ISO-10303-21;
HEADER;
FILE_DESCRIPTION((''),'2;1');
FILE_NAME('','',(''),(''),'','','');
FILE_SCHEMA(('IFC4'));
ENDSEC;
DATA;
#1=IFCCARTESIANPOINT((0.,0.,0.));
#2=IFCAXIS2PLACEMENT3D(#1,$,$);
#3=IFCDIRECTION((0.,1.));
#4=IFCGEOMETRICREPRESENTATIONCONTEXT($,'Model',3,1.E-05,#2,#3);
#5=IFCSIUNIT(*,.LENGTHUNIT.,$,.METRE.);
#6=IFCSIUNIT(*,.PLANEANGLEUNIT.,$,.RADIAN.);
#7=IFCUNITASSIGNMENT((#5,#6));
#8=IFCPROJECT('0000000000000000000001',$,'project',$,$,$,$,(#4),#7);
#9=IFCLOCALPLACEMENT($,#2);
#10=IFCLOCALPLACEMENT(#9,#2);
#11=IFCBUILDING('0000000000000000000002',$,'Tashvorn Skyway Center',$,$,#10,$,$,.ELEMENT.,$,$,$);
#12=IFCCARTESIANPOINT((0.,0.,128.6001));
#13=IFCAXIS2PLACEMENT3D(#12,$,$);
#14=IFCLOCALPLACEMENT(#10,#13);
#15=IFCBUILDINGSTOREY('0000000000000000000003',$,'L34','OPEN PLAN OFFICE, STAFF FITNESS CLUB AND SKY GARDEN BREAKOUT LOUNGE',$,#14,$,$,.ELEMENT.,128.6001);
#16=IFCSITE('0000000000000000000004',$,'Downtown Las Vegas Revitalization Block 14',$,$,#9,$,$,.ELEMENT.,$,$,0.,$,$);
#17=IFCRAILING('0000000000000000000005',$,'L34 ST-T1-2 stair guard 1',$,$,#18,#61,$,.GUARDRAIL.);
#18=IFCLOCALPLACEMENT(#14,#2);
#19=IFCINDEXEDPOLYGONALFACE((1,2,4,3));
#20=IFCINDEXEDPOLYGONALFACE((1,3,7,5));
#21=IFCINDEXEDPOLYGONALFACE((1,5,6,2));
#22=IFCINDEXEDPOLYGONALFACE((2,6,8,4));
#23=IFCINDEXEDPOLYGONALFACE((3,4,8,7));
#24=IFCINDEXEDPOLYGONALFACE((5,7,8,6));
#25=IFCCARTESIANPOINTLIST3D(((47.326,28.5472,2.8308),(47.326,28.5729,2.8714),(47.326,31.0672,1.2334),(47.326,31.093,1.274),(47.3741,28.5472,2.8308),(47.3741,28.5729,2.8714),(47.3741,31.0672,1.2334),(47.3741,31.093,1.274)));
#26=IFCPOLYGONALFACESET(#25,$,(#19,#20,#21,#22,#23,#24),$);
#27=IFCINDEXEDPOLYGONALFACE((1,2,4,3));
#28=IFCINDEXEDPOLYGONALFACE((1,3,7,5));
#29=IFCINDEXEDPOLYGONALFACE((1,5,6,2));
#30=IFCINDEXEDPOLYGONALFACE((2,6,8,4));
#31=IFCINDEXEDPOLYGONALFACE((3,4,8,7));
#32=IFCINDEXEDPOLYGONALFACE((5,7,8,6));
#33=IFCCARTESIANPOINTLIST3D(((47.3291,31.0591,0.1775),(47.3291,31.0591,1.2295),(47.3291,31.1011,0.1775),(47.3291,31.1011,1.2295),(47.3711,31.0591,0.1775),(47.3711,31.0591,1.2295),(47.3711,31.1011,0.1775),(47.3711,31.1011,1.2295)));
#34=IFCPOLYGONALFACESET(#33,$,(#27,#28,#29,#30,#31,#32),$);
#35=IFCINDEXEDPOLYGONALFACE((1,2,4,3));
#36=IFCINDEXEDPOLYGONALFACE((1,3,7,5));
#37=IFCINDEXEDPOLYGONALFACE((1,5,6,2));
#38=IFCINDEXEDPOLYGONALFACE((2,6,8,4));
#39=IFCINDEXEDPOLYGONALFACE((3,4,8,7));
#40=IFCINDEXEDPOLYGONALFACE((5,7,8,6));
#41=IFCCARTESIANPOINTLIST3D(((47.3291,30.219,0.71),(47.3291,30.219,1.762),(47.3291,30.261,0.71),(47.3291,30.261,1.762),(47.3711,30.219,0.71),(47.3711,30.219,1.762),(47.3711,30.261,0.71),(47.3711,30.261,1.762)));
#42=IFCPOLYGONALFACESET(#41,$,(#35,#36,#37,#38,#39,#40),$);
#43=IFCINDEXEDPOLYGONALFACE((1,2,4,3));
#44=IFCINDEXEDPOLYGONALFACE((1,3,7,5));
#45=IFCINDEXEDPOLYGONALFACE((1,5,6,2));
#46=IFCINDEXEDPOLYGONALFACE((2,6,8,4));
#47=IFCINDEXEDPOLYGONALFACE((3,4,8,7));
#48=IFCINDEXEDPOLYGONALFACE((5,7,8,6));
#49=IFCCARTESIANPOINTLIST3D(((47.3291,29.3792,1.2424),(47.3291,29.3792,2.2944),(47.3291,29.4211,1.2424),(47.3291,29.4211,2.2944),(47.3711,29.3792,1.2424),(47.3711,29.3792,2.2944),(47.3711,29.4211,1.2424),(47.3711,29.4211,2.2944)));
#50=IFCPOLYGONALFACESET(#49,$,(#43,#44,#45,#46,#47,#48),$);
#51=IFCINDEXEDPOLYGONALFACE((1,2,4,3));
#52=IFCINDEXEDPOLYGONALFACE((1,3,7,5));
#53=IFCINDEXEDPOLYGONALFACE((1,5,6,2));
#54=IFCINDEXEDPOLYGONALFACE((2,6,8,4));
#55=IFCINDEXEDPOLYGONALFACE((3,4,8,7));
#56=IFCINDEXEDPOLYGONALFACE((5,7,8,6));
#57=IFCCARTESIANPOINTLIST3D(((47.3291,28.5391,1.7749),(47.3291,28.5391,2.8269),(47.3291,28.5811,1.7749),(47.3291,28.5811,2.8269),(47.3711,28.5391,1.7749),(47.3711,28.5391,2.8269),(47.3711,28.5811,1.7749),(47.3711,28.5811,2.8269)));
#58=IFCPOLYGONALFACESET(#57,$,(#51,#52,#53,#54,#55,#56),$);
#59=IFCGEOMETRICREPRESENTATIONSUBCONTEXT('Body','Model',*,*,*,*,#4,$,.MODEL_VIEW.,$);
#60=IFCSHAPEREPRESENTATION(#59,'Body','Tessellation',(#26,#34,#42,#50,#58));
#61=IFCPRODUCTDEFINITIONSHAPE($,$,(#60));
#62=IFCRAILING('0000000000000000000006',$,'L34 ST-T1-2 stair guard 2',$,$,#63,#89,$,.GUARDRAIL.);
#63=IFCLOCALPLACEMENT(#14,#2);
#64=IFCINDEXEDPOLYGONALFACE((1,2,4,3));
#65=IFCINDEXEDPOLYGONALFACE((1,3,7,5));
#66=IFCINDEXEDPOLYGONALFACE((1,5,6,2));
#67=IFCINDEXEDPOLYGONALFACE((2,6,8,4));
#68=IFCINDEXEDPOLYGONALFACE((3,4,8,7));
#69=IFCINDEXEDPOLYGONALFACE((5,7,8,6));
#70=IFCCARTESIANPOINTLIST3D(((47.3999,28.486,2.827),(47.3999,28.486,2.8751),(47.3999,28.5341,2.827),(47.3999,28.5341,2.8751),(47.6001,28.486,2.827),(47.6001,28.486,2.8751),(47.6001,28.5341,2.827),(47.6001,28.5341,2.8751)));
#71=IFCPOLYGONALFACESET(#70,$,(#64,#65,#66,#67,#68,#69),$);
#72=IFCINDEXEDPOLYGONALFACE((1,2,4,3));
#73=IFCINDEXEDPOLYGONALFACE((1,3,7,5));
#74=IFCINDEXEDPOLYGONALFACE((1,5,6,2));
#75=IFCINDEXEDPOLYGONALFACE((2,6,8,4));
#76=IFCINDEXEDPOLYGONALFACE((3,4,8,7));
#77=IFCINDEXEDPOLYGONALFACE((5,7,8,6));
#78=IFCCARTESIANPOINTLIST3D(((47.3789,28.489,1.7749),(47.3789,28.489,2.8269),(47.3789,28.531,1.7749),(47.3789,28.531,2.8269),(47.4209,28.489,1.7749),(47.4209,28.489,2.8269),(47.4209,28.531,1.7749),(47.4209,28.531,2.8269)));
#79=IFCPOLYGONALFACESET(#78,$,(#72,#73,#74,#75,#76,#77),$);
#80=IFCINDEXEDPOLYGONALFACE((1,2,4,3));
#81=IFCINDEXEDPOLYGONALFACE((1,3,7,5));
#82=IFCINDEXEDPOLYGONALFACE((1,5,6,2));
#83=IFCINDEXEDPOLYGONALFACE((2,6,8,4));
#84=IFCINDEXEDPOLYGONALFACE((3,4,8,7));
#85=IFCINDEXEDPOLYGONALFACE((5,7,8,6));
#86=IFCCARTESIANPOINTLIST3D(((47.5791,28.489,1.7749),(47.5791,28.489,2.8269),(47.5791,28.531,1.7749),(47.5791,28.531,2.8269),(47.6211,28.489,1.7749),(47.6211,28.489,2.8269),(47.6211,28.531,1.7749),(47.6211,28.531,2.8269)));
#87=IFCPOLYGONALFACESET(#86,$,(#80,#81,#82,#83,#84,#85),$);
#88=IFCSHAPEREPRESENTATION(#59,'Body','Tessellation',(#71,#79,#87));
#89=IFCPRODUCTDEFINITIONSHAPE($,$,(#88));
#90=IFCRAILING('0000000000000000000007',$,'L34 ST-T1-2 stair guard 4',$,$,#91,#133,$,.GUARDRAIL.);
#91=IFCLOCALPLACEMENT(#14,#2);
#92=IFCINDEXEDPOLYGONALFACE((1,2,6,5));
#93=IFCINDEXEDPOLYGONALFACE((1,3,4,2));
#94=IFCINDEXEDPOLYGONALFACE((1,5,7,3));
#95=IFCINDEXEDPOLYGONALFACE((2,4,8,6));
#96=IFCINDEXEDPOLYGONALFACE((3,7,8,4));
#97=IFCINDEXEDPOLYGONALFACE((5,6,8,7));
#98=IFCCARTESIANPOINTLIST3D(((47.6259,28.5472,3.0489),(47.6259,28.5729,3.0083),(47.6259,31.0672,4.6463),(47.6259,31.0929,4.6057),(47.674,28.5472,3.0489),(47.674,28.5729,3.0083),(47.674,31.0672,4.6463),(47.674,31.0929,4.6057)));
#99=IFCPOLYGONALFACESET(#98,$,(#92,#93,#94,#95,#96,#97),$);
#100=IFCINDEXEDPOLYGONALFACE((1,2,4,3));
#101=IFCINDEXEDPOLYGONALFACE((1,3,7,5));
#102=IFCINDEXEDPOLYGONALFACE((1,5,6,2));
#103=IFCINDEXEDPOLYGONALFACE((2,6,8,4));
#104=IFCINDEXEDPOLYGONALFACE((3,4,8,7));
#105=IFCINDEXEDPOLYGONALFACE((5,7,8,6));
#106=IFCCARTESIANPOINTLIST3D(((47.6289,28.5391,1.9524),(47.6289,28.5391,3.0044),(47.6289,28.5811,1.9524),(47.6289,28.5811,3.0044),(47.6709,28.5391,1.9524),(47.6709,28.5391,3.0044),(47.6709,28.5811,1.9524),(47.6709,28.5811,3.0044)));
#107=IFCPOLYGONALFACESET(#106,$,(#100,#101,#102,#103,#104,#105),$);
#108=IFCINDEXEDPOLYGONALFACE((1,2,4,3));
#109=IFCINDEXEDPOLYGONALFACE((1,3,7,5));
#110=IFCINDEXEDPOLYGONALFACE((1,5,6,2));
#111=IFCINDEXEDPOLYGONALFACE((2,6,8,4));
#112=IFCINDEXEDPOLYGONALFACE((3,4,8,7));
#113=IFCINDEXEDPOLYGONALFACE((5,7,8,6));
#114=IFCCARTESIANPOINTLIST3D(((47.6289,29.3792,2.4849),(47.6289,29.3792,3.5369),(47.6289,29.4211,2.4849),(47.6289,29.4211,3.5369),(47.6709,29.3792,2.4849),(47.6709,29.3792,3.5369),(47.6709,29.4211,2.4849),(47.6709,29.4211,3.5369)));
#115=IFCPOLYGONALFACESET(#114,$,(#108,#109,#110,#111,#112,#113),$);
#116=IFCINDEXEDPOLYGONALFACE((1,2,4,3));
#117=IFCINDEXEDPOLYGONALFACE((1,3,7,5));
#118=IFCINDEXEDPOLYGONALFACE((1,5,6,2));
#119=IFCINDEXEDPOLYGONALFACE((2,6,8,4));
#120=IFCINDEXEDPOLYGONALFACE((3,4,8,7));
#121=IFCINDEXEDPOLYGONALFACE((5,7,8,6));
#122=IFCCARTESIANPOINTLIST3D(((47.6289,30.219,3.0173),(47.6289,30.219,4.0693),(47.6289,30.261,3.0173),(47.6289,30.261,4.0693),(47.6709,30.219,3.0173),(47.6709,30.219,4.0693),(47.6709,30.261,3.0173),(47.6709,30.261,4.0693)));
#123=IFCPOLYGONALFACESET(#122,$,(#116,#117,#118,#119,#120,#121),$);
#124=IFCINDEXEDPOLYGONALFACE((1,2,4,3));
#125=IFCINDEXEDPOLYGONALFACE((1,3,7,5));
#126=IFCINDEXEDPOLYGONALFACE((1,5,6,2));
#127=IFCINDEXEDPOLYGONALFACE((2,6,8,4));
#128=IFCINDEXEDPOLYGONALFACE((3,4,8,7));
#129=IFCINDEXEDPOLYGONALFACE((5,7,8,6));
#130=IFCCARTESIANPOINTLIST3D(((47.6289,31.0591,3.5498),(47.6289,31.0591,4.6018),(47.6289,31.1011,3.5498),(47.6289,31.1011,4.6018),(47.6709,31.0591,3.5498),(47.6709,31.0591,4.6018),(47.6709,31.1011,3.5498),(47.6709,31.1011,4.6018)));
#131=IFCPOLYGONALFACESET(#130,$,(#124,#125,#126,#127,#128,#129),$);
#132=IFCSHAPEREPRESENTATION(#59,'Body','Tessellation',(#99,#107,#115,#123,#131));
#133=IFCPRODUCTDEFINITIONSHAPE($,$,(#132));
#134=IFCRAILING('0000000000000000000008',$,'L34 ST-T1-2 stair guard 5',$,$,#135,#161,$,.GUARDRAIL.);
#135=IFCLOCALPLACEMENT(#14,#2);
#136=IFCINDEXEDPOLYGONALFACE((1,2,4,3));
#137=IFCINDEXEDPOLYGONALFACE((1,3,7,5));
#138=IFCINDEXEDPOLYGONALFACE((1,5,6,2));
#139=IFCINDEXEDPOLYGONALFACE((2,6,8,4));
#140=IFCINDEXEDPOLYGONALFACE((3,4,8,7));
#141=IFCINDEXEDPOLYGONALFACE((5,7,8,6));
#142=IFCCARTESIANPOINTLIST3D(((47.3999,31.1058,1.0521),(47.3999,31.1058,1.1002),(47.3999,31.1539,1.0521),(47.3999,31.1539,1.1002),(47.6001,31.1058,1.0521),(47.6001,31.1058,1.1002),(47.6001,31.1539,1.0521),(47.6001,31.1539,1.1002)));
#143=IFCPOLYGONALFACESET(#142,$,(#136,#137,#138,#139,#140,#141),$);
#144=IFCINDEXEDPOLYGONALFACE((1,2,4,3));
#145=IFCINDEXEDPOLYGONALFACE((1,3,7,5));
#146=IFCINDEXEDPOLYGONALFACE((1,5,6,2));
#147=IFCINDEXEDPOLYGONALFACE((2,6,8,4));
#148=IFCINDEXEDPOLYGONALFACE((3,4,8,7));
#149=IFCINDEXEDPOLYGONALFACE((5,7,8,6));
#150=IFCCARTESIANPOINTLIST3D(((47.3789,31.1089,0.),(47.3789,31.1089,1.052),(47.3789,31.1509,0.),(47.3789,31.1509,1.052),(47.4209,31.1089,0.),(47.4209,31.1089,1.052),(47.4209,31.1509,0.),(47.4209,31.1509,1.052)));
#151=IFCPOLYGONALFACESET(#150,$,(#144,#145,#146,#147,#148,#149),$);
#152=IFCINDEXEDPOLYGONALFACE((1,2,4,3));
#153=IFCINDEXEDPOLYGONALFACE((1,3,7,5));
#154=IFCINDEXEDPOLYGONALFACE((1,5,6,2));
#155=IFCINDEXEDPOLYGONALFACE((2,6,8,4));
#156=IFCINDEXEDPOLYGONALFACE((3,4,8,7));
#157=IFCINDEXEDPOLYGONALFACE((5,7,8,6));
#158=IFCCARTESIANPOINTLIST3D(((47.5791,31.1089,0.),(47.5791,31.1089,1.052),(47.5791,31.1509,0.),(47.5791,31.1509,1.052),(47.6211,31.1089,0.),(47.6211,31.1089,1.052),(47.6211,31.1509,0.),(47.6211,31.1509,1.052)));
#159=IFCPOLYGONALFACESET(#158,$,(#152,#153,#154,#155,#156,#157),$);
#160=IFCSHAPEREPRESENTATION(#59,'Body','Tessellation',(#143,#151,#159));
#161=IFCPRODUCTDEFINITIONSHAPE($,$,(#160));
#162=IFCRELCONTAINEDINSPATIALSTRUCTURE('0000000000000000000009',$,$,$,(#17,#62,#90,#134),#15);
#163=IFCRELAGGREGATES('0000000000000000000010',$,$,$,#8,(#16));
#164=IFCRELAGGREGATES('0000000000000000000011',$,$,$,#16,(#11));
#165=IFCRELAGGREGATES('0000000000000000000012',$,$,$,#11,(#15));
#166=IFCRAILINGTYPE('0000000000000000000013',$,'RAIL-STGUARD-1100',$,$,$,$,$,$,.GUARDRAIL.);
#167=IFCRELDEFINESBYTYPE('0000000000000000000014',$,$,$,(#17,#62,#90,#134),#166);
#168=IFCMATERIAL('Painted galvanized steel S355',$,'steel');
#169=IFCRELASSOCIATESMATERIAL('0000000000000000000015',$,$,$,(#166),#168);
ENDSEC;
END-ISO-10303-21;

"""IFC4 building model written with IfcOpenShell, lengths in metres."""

from ifc_helpers import new_model, si_unit, direction, frame, origin, origin_2d, place, context, subcontext, project, spatial, rectangle, extrude, material, type_object, element, save


model = new_model("IFC4")

# Units and contexts
model_context = context("Model", 3, precision=1e-05, world=origin(), true_north=direction((0.0, 1.0)))
body_context = subcontext(model_context, "Body", "Model", "MODEL_VIEW")
ifc_project = project(units=[si_unit("LENGTHUNIT", "METRE"), si_unit("PLANEANGLEUNIT", "RADIAN")], contexts=[model_context])

# Site, building, storey
site_placement = place(None, origin())
site = spatial("IfcSite", under=ifc_project, at=site_placement, Name="Downtown Las Vegas Revitalization Block 14", CompositionType="ELEMENT", RefElevation=0.0)
building_placement = place(site_placement, origin())
building = spatial("IfcBuilding", under=site, at=building_placement, Name="Tashvorn Skyway Center", CompositionType="ELEMENT")
storey_placement = place(building_placement, frame((0.0, 0.0, 128.6001)))
storey = spatial("IfcBuildingStorey", under=building, at=storey_placement, Name="L34", Description="OPEN PLAN OFFICE, STAFF FITNESS CLUB AND SKY GARDEN BREAKOUT LOUNGE", CompositionType="ELEMENT", Elevation=128.6001)

# Railings
ifc_material_1 = material(Name="Painted galvanized steel S355", Category="steel")
railing_type_1 = type_object("IfcRailingType", Name="RAIL-STGUARD-1100", PredefinedType="GUARDRAIL", material=ifc_material_1)
railing_1_placement = place(storey_placement, frame((47.3501, 31.0801, 0.1775)))
element("IfcRailing", 1, at=railing_1_placement, inside=storey, type_object=railing_type_1, Name="L34 ST-T1-2 stair guard 1", PredefinedType="GUARDRAIL", context=body_context, shape_type="SweptSolid", body=[
    extrude(rectangle(XDim=0.0481, YDim=0.0481, at=origin_2d()), frame((0.0, 0.0, 1.0762), z_axis=(0.0, -0.844607, 0.535387), x_axis=(1.0, 0.0, 0.0)), (0.0, 0.0, 1.0), 2.9836),
    extrude(rectangle(XDim=0.042, YDim=0.042, at=origin_2d()), origin(), (0.0, 0.0, 1.0), 1.052),
    extrude(rectangle(XDim=0.042, YDim=0.042, at=origin_2d()), frame((0.0, -0.8401, 0.5325)), (0.0, 0.0, 1.0), 1.052),
    extrude(rectangle(XDim=0.042, YDim=0.042, at=origin_2d()), frame((0.0, -1.6799, 1.0649)), (0.0, 0.0, 1.0), 1.052),
    extrude(rectangle(XDim=0.042, YDim=0.042, at=origin_2d()), frame((0.0, -2.52, 1.5974)), (0.0, 0.0, 1.0), 1.052),
])
railing_2_placement = place(storey_placement, frame((47.3999, 28.51, 1.7749)))
element("IfcRailing", 2, at=railing_2_placement, inside=storey, type_object=railing_type_1, Name="L34 ST-T1-2 stair guard 2", PredefinedType="GUARDRAIL", context=body_context, shape_type="SweptSolid", body=[
    extrude(rectangle(XDim=0.0481, YDim=0.0481, at=origin_2d()), frame((0.0, 0.0, 1.0762), z_axis=(1.0, 0.0, 0.0), x_axis=(0.0, 1.0, 0.0)), (0.0, 0.0, 1.0), 0.2002),
    extrude(rectangle(XDim=0.042, YDim=0.042, at=origin_2d()), origin(), (0.0, 0.0, 1.0), 1.052),
    extrude(rectangle(XDim=0.042, YDim=0.042, at=origin_2d()), frame((0.2002, 0.0, 0.0)), (0.0, 0.0, 1.0), 1.052),
])
railing_3_placement = place(storey_placement, frame((47.6499, 28.5601, 1.9524)))
element("IfcRailing", 3, at=railing_3_placement, inside=storey, type_object=railing_type_1, Name="L34 ST-T1-2 stair guard 4", PredefinedType="GUARDRAIL", context=body_context, shape_type="SweptSolid", body=[
    extrude(rectangle(XDim=0.0481, YDim=0.0481, at=origin_2d()), frame((0.0, 0.0, 1.0762), z_axis=(0.0, 0.844607, 0.535387), x_axis=(-1.0, 0.0, 0.0)), (0.0, 0.0, 1.0), 2.9836),
    extrude(rectangle(XDim=0.042, YDim=0.042, at=origin_2d()), origin(), (0.0, 0.0, 1.0), 1.052),
    extrude(rectangle(XDim=0.042, YDim=0.042, at=origin_2d()), frame((0.0, 0.8401, 0.5325)), (0.0, 0.0, 1.0), 1.052),
    extrude(rectangle(XDim=0.042, YDim=0.042, at=origin_2d()), frame((0.0, 1.6799, 1.0649)), (0.0, 0.0, 1.0), 1.052),
    extrude(rectangle(XDim=0.042, YDim=0.042, at=origin_2d()), frame((0.0, 2.52, 1.5974)), (0.0, 0.0, 1.0), 1.052),
])
railing_4_placement = place(storey_placement, frame((47.3999, 31.1299, 0.0)))
element("IfcRailing", 4, at=railing_4_placement, inside=storey, type_object=railing_type_1, Name="L34 ST-T1-2 stair guard 5", PredefinedType="GUARDRAIL", context=body_context, shape_type="SweptSolid", body=[
    extrude(rectangle(XDim=0.0481, YDim=0.0481, at=origin_2d()), frame((0.0, 0.0, 1.0762), z_axis=(1.0, 0.0, 0.0), x_axis=(0.0, 1.0, 0.0)), (0.0, 0.0, 1.0), 0.2002),
    extrude(rectangle(XDim=0.042, YDim=0.042, at=origin_2d()), origin(), (0.0, 0.0, 1.0), 1.052),
    extrude(rectangle(XDim=0.042, YDim=0.042, at=origin_2d()), frame((0.2002, 0.0, 0.0)), (0.0, 0.0, 1.0), 1.052),
])

save(model, "model.ifc")
